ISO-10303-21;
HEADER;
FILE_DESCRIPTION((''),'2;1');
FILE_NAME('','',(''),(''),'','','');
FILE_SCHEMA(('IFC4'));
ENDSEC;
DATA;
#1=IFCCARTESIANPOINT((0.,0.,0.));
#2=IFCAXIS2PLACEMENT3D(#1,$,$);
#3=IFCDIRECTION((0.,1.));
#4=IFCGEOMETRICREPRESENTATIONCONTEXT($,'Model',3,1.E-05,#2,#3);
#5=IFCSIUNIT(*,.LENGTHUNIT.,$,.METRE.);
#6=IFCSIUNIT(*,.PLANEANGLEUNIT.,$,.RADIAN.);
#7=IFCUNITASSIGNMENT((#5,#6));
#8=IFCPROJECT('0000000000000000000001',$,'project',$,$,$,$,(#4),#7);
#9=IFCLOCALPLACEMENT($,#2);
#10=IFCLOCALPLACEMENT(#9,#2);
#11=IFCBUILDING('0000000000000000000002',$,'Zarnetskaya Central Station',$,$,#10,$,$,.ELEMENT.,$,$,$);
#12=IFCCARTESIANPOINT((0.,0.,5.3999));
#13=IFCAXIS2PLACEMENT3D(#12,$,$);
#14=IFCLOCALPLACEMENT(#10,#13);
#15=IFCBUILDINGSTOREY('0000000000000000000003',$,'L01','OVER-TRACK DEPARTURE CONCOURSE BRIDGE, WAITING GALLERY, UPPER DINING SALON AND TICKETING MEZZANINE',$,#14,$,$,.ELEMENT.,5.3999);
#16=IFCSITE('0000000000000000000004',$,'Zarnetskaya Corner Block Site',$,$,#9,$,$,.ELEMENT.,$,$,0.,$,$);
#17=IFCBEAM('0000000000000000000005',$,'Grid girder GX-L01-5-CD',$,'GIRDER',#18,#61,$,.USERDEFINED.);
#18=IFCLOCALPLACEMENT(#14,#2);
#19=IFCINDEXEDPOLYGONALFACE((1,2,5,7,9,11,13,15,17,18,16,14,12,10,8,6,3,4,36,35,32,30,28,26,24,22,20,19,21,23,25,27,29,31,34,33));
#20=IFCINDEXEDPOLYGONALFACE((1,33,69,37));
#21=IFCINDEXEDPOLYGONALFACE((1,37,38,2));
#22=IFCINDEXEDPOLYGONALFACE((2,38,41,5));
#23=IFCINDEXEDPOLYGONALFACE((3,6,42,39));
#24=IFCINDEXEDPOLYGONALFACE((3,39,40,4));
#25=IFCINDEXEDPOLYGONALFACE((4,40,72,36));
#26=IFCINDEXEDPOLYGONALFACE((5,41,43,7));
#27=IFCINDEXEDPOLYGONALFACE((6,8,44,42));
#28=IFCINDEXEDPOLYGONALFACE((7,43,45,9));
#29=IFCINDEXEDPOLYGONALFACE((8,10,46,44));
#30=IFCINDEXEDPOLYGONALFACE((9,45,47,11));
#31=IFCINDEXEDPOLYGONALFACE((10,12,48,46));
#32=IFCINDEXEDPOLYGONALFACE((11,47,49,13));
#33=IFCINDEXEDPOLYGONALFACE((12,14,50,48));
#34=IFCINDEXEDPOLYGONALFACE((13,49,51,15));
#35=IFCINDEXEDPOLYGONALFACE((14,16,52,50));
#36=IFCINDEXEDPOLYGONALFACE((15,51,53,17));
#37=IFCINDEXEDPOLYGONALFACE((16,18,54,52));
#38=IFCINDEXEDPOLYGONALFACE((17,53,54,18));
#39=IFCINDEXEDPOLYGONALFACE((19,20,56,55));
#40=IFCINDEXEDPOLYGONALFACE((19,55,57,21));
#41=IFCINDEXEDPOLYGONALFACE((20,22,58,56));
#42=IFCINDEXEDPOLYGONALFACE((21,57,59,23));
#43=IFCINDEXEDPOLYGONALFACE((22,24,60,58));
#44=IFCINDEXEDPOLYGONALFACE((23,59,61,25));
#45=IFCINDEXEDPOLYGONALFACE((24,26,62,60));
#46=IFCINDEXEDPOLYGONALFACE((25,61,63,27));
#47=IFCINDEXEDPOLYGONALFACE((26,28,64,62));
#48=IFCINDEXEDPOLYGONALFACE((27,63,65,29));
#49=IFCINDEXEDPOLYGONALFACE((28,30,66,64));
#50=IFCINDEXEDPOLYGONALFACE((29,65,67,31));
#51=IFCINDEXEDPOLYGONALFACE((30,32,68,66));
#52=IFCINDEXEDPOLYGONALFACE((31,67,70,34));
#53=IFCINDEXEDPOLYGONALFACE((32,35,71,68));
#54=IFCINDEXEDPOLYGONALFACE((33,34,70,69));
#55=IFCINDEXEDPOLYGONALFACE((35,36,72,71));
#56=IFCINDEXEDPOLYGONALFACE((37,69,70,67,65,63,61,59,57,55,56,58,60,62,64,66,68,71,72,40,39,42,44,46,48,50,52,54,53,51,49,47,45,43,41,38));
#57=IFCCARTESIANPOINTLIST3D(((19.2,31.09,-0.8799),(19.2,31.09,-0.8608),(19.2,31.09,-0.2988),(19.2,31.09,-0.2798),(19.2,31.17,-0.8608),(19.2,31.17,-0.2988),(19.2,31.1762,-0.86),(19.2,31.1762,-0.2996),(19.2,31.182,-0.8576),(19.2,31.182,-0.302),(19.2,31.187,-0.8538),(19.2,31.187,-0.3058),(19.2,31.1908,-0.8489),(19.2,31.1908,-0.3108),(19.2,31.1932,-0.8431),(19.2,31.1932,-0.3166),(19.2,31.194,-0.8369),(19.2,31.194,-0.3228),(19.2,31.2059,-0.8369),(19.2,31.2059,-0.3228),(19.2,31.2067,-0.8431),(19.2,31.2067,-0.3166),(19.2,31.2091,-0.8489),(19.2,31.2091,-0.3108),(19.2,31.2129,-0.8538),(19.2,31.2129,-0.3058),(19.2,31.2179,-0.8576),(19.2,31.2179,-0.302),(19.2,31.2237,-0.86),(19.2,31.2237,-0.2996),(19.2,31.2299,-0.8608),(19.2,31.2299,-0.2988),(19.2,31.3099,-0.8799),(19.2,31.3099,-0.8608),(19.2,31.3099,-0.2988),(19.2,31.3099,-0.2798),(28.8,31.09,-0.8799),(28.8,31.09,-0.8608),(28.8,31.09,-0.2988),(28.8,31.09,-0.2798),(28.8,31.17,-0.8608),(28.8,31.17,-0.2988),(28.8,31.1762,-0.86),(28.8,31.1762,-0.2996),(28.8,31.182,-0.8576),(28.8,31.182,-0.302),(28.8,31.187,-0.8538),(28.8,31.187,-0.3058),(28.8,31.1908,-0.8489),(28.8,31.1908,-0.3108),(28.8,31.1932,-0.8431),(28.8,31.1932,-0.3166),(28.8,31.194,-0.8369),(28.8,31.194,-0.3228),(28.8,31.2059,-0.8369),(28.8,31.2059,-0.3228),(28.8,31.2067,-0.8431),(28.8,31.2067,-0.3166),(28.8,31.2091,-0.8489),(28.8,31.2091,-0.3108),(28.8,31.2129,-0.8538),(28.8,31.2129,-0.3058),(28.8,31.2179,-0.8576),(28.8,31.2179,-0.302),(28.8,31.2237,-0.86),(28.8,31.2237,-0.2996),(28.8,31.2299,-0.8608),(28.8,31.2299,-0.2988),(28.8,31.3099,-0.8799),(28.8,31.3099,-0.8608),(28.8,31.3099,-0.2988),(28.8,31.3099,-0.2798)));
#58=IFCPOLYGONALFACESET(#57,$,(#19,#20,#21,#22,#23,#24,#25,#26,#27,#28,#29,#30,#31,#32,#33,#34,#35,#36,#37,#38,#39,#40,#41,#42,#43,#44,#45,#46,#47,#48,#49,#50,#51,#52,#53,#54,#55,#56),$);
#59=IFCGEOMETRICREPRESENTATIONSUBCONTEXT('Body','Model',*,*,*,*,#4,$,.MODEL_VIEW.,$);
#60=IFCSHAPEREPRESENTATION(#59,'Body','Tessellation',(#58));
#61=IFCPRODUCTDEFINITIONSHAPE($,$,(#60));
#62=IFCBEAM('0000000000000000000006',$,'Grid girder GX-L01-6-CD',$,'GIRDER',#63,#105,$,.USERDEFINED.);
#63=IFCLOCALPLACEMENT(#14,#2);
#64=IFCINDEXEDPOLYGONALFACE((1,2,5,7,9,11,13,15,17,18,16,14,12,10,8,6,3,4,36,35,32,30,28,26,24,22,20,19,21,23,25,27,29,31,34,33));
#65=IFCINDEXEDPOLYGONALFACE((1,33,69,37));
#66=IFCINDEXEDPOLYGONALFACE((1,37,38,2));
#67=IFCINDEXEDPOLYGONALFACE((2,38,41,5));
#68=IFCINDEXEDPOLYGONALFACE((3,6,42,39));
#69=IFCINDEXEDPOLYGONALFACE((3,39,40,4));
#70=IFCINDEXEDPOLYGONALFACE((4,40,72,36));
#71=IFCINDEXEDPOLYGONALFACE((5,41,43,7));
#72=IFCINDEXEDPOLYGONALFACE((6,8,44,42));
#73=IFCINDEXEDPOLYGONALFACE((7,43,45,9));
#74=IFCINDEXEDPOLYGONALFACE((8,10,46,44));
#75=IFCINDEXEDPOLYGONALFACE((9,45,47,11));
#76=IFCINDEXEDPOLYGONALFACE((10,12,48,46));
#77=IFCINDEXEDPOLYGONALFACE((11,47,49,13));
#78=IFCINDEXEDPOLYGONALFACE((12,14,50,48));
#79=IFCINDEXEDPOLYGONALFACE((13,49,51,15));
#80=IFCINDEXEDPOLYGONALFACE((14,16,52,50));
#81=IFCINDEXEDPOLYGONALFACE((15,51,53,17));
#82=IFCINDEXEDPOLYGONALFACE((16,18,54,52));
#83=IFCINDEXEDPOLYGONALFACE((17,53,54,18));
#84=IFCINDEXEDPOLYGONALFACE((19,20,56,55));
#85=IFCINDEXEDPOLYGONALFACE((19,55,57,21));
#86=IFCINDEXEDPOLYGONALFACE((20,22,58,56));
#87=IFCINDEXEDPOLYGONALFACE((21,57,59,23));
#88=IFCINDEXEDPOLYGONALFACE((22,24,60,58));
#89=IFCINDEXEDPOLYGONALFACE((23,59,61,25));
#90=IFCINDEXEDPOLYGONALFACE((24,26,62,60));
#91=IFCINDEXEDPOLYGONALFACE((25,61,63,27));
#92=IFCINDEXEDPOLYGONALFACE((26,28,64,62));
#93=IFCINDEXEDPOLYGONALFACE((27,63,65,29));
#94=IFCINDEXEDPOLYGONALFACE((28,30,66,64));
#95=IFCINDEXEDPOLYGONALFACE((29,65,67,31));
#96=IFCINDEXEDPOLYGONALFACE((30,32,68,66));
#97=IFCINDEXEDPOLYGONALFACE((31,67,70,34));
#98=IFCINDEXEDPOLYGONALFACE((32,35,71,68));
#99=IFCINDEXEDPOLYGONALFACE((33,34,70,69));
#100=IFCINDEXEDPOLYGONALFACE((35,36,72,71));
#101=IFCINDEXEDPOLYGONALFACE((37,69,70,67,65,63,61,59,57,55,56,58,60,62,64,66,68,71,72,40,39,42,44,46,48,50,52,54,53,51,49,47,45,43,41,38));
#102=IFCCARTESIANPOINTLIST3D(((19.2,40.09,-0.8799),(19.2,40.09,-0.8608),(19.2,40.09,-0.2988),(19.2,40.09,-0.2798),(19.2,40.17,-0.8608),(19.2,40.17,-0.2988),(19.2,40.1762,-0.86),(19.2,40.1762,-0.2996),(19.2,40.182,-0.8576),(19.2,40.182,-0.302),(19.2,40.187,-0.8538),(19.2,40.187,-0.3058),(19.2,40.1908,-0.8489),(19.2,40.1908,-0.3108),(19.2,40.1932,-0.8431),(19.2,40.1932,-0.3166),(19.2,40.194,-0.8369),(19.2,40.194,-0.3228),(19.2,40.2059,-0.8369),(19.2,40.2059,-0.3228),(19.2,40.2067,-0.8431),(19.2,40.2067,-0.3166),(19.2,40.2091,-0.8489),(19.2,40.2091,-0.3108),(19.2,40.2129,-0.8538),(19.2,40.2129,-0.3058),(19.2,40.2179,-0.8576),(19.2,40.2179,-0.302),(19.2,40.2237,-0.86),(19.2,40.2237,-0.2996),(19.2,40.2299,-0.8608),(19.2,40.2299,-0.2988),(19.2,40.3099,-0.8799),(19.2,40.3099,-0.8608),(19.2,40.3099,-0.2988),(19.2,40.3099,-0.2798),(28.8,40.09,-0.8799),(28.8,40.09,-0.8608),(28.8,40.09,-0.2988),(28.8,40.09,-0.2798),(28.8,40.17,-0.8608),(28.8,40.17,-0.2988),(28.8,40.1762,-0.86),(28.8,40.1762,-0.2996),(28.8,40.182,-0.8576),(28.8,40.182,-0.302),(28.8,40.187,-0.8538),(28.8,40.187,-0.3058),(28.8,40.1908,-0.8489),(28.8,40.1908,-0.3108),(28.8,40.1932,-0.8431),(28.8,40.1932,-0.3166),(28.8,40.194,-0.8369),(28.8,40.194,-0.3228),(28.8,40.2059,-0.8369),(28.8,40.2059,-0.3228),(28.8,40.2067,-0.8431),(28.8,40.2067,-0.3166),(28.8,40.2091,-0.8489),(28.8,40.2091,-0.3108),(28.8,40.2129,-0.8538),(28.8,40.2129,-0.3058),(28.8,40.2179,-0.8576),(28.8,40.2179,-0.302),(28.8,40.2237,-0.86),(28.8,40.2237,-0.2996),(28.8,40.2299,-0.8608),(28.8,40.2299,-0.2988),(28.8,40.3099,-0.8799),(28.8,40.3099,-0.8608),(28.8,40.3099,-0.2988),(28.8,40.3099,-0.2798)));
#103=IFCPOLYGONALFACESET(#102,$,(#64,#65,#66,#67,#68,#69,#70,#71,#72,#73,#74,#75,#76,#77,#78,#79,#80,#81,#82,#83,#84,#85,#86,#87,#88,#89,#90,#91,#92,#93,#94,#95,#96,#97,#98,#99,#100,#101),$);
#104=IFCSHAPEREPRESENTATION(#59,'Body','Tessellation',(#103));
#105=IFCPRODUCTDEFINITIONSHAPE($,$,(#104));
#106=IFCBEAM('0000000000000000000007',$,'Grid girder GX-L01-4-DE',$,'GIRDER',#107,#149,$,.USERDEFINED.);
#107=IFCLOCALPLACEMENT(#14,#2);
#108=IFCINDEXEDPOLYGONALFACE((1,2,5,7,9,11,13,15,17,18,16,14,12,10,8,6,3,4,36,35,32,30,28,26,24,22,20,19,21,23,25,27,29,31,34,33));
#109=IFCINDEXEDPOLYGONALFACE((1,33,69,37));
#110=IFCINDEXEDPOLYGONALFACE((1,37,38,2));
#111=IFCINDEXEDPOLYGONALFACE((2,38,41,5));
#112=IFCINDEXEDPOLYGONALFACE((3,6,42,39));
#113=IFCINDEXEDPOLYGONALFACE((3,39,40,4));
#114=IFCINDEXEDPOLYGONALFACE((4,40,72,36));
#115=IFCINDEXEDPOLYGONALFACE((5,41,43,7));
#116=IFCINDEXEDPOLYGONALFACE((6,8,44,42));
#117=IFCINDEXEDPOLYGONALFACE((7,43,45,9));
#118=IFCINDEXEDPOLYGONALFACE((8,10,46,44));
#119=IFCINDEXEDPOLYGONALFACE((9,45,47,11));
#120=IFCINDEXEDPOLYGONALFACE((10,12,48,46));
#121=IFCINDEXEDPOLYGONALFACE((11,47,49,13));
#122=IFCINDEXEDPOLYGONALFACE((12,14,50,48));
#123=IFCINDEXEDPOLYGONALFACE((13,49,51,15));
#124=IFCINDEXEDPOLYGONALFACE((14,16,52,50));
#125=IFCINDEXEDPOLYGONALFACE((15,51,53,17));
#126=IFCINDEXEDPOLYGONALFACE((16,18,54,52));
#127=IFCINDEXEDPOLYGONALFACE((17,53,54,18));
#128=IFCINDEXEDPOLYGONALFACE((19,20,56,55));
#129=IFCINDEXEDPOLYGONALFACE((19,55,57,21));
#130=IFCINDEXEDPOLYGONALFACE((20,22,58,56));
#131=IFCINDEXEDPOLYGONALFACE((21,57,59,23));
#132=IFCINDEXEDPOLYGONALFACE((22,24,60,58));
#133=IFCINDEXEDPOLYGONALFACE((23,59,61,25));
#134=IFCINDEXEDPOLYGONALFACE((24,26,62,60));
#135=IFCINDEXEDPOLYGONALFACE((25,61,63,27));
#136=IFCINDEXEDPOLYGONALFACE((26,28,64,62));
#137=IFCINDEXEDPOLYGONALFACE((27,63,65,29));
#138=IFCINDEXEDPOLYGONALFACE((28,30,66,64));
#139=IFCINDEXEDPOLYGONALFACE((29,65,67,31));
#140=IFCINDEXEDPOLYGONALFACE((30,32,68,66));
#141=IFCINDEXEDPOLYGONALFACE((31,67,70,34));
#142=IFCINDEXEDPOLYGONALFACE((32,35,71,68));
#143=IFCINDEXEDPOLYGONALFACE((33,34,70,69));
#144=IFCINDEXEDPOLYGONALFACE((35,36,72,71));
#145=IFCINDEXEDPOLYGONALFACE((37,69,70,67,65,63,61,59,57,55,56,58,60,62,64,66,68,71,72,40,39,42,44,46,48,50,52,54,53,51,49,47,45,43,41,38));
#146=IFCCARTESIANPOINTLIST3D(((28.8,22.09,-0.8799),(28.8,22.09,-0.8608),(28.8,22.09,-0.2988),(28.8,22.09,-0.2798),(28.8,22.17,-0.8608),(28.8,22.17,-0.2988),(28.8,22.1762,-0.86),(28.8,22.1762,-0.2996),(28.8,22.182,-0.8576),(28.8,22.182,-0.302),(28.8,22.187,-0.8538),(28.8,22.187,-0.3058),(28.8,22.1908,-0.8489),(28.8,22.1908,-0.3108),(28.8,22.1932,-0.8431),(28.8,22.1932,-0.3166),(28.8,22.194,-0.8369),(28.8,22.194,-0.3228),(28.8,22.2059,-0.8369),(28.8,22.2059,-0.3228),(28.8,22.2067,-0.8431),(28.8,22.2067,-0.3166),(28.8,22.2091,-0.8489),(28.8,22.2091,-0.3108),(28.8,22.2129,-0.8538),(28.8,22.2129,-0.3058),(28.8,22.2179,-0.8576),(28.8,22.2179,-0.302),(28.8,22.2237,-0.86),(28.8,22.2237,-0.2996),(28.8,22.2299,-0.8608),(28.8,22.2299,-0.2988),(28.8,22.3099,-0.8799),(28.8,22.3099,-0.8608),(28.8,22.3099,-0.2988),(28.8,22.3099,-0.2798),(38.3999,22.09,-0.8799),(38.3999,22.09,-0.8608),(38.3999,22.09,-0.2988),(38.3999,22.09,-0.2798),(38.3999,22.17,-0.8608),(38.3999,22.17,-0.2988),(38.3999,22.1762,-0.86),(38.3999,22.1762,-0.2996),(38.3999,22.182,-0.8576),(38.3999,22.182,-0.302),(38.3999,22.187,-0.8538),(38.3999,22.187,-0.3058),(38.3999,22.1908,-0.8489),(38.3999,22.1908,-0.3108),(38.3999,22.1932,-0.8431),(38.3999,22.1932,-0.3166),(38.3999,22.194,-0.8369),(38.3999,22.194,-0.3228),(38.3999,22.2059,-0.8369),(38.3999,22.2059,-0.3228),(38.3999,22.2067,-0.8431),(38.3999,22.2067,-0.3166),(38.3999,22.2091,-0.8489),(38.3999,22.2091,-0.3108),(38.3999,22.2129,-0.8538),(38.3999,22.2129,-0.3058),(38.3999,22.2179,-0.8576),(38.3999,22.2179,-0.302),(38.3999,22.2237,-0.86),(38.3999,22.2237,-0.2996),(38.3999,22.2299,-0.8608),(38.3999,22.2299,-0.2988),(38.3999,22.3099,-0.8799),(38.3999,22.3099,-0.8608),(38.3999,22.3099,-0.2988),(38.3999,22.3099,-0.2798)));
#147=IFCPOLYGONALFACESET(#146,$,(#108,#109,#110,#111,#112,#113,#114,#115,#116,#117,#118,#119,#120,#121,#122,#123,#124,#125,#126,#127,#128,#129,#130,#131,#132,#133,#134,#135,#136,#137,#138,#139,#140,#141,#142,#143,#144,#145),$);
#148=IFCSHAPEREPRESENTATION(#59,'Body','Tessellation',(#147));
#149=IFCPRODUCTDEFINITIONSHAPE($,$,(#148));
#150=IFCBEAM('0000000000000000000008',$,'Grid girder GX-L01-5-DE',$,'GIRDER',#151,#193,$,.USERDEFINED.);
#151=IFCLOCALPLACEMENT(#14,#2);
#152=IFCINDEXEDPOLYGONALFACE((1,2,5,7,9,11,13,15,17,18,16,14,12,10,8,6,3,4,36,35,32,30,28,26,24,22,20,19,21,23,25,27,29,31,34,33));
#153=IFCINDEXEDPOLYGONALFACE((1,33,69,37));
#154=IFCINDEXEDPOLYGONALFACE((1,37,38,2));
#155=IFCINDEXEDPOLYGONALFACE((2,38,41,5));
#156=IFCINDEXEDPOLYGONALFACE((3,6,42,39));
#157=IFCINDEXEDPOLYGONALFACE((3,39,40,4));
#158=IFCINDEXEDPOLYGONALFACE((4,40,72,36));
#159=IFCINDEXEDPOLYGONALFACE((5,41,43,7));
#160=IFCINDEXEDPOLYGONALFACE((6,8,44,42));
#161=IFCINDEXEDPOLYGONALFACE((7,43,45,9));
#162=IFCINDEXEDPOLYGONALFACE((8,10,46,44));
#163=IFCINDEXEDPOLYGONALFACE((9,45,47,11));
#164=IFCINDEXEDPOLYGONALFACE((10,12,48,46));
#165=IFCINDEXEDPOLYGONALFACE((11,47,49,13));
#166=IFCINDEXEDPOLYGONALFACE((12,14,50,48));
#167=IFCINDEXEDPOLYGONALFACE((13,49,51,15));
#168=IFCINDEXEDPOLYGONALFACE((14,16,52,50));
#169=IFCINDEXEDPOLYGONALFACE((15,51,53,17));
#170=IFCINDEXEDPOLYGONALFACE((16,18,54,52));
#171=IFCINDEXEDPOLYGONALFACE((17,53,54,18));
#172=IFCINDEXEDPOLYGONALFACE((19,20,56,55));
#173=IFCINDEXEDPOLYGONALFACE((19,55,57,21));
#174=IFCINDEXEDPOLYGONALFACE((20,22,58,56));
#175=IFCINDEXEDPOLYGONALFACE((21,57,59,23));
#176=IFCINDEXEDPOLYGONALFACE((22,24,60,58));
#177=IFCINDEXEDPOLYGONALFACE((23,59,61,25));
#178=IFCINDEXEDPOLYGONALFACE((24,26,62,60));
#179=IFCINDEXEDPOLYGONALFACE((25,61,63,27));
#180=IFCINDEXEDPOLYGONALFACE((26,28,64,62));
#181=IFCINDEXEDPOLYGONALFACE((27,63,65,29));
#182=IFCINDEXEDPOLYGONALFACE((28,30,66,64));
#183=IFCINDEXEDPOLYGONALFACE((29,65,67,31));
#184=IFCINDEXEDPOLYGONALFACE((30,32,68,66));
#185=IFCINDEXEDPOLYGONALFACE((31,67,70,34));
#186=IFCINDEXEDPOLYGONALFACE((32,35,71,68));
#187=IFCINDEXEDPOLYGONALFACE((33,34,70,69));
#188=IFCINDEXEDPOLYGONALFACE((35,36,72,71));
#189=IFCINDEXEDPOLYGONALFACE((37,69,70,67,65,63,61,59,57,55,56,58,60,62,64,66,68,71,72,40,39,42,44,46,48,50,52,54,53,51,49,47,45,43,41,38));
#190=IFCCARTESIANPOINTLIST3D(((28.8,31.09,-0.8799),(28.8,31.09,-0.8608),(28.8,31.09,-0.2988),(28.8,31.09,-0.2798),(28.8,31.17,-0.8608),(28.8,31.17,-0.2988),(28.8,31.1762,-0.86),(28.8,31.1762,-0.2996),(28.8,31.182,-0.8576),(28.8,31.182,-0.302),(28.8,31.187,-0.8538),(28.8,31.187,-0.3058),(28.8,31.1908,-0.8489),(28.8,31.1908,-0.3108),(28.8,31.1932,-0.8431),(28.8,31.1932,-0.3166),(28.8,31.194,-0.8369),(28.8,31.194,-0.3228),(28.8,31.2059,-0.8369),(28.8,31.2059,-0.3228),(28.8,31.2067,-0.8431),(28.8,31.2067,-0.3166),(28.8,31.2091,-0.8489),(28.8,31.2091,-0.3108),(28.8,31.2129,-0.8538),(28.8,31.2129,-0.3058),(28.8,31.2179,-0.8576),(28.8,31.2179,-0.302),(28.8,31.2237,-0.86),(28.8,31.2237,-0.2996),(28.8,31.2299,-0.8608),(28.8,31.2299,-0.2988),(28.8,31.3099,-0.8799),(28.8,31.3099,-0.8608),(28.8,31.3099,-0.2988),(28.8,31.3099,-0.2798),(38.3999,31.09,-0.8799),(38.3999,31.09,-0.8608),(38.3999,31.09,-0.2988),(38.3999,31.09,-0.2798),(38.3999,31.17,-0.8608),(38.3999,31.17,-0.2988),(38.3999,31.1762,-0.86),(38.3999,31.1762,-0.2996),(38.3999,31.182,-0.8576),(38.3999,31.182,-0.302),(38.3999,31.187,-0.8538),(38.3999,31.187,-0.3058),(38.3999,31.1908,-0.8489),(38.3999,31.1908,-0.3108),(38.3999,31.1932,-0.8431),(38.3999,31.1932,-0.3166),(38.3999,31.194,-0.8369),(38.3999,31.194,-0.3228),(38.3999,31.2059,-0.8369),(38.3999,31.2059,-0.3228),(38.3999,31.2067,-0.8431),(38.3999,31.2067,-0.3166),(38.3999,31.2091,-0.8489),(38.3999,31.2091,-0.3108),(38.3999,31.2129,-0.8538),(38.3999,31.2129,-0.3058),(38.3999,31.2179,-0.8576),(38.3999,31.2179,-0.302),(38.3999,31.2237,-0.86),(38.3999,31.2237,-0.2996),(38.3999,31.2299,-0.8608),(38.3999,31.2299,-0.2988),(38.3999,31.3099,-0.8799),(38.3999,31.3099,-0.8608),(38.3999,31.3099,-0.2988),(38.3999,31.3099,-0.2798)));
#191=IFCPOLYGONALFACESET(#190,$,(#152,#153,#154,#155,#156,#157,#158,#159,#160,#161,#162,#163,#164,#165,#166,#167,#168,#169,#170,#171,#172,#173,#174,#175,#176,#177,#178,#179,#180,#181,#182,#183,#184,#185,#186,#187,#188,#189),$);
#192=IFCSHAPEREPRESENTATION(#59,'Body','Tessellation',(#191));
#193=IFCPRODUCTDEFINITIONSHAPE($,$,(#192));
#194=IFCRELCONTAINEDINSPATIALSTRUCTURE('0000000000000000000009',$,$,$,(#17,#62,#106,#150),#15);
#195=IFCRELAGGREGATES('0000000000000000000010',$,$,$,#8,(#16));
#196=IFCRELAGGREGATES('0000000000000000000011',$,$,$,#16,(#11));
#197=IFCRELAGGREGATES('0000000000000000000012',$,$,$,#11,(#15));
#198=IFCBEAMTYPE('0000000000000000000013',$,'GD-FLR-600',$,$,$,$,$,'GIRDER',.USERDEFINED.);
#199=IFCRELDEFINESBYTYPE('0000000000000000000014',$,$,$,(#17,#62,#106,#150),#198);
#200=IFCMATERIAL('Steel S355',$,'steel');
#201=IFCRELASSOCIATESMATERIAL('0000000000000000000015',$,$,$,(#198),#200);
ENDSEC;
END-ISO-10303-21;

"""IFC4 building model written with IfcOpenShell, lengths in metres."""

from ifc_helpers import new_model, si_unit, direction, frame, origin, origin_2d, place, context, subcontext, project, spatial, i_section, extrude, material, material_profile, profile_set, type_object, element, save


model = new_model("IFC4")

# Units and contexts
model_context = context("Model", 3, precision=1e-05, world=origin(), true_north=direction((0.0, 1.0)))
body_context = subcontext(model_context, "Body", "Model", "MODEL_VIEW")
ifc_project = project(units=[si_unit("LENGTHUNIT", "METRE"), si_unit("PLANEANGLEUNIT", "RADIAN")], contexts=[model_context])

# Site, building, storey
site_placement = place(None, origin())
site = spatial("IfcSite", under=ifc_project, at=site_placement, Name="Zarnetskaya Corner Block Site", CompositionType="ELEMENT", RefElevation=0.0)
building_placement = place(site_placement, origin())
building = spatial("IfcBuilding", under=site, at=building_placement, Name="Zarnetskaya Central Station", CompositionType="ELEMENT")
storey_placement = place(building_placement, frame((0.0, 0.0, 5.3999)))
storey = spatial("IfcBuildingStorey", under=building, at=storey_placement, Name="L01", Description="OVER-TRACK DEPARTURE CONCOURSE BRIDGE, WAITING GALLERY, UPPER DINING SALON AND TICKETING MEZZANINE", CompositionType="ELEMENT", Elevation=5.3999)

# Shared definitions
ifc_material_1 = material(Name="Steel S355", Category="steel")

# Beams
ifc_material_profile_1 = material_profile(ifc_material_1, i_section(OverallWidth=0.22, OverallDepth=0.6001, WebThickness=0.012, FlangeThickness=0.019, FilletRadius=0.0239, at=origin_2d()), Name="IPE 600")
ifc_profile_set_1 = profile_set([ifc_material_profile_1], Name="Steel S355")
beam_type_1 = type_object("IfcBeamType", Name="GD-FLR-600", ElementType="GIRDER", PredefinedType="USERDEFINED", material=ifc_profile_set_1)
for number, where, z_axis, x_axis, name in (
    (1, (19.2, 31.2, -0.5798), (1.0, 0.0, 0.0), (0.0, 1.0, 0.0), "Grid girder GX-L01-5-CD"),
    (2, (19.2, 40.2, -0.5798), (1.0, 0.0, 0.0), (0.0, 1.0, 0.0), "Grid girder GX-L01-6-CD"),
):
    element("IfcBeam", number, at=place(storey_placement, frame(where, z_axis=z_axis, x_axis=x_axis)), inside=storey, type_object=beam_type_1, Name=name, ObjectType="GIRDER", PredefinedType="USERDEFINED", context=body_context, shape_type="SweptSolid", body=[
        extrude(i_section(OverallWidth=0.22, OverallDepth=0.6001, WebThickness=0.012, FlangeThickness=0.019, FilletRadius=0.0239, at=origin_2d()), origin(), (0.0, 0.0, 1.0), 9.6001),
    ])
for number, where, z_axis, x_axis, name in (
    (3, (28.8, 22.2, -0.5798), (1.0, 0.0, 0.0), (0.0, 1.0, 0.0), "Grid girder GX-L01-4-DE"),
    (4, (28.8, 31.2, -0.5798), (1.0, 0.0, 0.0), (0.0, 1.0, 0.0), "Grid girder GX-L01-5-DE"),
):
    element("IfcBeam", number, at=place(storey_placement, frame(where, z_axis=z_axis, x_axis=x_axis)), inside=storey, type_object=beam_type_1, Name=name, ObjectType="GIRDER", PredefinedType="USERDEFINED", context=body_context, shape_type="SweptSolid", body=[
        extrude(i_section(OverallWidth=0.22, OverallDepth=0.6001, WebThickness=0.012, FlangeThickness=0.019, FilletRadius=0.0239, at=origin_2d()), origin(), (0.0, 0.0, 1.0), 9.5999),
    ])

save(model, "model.ifc")
